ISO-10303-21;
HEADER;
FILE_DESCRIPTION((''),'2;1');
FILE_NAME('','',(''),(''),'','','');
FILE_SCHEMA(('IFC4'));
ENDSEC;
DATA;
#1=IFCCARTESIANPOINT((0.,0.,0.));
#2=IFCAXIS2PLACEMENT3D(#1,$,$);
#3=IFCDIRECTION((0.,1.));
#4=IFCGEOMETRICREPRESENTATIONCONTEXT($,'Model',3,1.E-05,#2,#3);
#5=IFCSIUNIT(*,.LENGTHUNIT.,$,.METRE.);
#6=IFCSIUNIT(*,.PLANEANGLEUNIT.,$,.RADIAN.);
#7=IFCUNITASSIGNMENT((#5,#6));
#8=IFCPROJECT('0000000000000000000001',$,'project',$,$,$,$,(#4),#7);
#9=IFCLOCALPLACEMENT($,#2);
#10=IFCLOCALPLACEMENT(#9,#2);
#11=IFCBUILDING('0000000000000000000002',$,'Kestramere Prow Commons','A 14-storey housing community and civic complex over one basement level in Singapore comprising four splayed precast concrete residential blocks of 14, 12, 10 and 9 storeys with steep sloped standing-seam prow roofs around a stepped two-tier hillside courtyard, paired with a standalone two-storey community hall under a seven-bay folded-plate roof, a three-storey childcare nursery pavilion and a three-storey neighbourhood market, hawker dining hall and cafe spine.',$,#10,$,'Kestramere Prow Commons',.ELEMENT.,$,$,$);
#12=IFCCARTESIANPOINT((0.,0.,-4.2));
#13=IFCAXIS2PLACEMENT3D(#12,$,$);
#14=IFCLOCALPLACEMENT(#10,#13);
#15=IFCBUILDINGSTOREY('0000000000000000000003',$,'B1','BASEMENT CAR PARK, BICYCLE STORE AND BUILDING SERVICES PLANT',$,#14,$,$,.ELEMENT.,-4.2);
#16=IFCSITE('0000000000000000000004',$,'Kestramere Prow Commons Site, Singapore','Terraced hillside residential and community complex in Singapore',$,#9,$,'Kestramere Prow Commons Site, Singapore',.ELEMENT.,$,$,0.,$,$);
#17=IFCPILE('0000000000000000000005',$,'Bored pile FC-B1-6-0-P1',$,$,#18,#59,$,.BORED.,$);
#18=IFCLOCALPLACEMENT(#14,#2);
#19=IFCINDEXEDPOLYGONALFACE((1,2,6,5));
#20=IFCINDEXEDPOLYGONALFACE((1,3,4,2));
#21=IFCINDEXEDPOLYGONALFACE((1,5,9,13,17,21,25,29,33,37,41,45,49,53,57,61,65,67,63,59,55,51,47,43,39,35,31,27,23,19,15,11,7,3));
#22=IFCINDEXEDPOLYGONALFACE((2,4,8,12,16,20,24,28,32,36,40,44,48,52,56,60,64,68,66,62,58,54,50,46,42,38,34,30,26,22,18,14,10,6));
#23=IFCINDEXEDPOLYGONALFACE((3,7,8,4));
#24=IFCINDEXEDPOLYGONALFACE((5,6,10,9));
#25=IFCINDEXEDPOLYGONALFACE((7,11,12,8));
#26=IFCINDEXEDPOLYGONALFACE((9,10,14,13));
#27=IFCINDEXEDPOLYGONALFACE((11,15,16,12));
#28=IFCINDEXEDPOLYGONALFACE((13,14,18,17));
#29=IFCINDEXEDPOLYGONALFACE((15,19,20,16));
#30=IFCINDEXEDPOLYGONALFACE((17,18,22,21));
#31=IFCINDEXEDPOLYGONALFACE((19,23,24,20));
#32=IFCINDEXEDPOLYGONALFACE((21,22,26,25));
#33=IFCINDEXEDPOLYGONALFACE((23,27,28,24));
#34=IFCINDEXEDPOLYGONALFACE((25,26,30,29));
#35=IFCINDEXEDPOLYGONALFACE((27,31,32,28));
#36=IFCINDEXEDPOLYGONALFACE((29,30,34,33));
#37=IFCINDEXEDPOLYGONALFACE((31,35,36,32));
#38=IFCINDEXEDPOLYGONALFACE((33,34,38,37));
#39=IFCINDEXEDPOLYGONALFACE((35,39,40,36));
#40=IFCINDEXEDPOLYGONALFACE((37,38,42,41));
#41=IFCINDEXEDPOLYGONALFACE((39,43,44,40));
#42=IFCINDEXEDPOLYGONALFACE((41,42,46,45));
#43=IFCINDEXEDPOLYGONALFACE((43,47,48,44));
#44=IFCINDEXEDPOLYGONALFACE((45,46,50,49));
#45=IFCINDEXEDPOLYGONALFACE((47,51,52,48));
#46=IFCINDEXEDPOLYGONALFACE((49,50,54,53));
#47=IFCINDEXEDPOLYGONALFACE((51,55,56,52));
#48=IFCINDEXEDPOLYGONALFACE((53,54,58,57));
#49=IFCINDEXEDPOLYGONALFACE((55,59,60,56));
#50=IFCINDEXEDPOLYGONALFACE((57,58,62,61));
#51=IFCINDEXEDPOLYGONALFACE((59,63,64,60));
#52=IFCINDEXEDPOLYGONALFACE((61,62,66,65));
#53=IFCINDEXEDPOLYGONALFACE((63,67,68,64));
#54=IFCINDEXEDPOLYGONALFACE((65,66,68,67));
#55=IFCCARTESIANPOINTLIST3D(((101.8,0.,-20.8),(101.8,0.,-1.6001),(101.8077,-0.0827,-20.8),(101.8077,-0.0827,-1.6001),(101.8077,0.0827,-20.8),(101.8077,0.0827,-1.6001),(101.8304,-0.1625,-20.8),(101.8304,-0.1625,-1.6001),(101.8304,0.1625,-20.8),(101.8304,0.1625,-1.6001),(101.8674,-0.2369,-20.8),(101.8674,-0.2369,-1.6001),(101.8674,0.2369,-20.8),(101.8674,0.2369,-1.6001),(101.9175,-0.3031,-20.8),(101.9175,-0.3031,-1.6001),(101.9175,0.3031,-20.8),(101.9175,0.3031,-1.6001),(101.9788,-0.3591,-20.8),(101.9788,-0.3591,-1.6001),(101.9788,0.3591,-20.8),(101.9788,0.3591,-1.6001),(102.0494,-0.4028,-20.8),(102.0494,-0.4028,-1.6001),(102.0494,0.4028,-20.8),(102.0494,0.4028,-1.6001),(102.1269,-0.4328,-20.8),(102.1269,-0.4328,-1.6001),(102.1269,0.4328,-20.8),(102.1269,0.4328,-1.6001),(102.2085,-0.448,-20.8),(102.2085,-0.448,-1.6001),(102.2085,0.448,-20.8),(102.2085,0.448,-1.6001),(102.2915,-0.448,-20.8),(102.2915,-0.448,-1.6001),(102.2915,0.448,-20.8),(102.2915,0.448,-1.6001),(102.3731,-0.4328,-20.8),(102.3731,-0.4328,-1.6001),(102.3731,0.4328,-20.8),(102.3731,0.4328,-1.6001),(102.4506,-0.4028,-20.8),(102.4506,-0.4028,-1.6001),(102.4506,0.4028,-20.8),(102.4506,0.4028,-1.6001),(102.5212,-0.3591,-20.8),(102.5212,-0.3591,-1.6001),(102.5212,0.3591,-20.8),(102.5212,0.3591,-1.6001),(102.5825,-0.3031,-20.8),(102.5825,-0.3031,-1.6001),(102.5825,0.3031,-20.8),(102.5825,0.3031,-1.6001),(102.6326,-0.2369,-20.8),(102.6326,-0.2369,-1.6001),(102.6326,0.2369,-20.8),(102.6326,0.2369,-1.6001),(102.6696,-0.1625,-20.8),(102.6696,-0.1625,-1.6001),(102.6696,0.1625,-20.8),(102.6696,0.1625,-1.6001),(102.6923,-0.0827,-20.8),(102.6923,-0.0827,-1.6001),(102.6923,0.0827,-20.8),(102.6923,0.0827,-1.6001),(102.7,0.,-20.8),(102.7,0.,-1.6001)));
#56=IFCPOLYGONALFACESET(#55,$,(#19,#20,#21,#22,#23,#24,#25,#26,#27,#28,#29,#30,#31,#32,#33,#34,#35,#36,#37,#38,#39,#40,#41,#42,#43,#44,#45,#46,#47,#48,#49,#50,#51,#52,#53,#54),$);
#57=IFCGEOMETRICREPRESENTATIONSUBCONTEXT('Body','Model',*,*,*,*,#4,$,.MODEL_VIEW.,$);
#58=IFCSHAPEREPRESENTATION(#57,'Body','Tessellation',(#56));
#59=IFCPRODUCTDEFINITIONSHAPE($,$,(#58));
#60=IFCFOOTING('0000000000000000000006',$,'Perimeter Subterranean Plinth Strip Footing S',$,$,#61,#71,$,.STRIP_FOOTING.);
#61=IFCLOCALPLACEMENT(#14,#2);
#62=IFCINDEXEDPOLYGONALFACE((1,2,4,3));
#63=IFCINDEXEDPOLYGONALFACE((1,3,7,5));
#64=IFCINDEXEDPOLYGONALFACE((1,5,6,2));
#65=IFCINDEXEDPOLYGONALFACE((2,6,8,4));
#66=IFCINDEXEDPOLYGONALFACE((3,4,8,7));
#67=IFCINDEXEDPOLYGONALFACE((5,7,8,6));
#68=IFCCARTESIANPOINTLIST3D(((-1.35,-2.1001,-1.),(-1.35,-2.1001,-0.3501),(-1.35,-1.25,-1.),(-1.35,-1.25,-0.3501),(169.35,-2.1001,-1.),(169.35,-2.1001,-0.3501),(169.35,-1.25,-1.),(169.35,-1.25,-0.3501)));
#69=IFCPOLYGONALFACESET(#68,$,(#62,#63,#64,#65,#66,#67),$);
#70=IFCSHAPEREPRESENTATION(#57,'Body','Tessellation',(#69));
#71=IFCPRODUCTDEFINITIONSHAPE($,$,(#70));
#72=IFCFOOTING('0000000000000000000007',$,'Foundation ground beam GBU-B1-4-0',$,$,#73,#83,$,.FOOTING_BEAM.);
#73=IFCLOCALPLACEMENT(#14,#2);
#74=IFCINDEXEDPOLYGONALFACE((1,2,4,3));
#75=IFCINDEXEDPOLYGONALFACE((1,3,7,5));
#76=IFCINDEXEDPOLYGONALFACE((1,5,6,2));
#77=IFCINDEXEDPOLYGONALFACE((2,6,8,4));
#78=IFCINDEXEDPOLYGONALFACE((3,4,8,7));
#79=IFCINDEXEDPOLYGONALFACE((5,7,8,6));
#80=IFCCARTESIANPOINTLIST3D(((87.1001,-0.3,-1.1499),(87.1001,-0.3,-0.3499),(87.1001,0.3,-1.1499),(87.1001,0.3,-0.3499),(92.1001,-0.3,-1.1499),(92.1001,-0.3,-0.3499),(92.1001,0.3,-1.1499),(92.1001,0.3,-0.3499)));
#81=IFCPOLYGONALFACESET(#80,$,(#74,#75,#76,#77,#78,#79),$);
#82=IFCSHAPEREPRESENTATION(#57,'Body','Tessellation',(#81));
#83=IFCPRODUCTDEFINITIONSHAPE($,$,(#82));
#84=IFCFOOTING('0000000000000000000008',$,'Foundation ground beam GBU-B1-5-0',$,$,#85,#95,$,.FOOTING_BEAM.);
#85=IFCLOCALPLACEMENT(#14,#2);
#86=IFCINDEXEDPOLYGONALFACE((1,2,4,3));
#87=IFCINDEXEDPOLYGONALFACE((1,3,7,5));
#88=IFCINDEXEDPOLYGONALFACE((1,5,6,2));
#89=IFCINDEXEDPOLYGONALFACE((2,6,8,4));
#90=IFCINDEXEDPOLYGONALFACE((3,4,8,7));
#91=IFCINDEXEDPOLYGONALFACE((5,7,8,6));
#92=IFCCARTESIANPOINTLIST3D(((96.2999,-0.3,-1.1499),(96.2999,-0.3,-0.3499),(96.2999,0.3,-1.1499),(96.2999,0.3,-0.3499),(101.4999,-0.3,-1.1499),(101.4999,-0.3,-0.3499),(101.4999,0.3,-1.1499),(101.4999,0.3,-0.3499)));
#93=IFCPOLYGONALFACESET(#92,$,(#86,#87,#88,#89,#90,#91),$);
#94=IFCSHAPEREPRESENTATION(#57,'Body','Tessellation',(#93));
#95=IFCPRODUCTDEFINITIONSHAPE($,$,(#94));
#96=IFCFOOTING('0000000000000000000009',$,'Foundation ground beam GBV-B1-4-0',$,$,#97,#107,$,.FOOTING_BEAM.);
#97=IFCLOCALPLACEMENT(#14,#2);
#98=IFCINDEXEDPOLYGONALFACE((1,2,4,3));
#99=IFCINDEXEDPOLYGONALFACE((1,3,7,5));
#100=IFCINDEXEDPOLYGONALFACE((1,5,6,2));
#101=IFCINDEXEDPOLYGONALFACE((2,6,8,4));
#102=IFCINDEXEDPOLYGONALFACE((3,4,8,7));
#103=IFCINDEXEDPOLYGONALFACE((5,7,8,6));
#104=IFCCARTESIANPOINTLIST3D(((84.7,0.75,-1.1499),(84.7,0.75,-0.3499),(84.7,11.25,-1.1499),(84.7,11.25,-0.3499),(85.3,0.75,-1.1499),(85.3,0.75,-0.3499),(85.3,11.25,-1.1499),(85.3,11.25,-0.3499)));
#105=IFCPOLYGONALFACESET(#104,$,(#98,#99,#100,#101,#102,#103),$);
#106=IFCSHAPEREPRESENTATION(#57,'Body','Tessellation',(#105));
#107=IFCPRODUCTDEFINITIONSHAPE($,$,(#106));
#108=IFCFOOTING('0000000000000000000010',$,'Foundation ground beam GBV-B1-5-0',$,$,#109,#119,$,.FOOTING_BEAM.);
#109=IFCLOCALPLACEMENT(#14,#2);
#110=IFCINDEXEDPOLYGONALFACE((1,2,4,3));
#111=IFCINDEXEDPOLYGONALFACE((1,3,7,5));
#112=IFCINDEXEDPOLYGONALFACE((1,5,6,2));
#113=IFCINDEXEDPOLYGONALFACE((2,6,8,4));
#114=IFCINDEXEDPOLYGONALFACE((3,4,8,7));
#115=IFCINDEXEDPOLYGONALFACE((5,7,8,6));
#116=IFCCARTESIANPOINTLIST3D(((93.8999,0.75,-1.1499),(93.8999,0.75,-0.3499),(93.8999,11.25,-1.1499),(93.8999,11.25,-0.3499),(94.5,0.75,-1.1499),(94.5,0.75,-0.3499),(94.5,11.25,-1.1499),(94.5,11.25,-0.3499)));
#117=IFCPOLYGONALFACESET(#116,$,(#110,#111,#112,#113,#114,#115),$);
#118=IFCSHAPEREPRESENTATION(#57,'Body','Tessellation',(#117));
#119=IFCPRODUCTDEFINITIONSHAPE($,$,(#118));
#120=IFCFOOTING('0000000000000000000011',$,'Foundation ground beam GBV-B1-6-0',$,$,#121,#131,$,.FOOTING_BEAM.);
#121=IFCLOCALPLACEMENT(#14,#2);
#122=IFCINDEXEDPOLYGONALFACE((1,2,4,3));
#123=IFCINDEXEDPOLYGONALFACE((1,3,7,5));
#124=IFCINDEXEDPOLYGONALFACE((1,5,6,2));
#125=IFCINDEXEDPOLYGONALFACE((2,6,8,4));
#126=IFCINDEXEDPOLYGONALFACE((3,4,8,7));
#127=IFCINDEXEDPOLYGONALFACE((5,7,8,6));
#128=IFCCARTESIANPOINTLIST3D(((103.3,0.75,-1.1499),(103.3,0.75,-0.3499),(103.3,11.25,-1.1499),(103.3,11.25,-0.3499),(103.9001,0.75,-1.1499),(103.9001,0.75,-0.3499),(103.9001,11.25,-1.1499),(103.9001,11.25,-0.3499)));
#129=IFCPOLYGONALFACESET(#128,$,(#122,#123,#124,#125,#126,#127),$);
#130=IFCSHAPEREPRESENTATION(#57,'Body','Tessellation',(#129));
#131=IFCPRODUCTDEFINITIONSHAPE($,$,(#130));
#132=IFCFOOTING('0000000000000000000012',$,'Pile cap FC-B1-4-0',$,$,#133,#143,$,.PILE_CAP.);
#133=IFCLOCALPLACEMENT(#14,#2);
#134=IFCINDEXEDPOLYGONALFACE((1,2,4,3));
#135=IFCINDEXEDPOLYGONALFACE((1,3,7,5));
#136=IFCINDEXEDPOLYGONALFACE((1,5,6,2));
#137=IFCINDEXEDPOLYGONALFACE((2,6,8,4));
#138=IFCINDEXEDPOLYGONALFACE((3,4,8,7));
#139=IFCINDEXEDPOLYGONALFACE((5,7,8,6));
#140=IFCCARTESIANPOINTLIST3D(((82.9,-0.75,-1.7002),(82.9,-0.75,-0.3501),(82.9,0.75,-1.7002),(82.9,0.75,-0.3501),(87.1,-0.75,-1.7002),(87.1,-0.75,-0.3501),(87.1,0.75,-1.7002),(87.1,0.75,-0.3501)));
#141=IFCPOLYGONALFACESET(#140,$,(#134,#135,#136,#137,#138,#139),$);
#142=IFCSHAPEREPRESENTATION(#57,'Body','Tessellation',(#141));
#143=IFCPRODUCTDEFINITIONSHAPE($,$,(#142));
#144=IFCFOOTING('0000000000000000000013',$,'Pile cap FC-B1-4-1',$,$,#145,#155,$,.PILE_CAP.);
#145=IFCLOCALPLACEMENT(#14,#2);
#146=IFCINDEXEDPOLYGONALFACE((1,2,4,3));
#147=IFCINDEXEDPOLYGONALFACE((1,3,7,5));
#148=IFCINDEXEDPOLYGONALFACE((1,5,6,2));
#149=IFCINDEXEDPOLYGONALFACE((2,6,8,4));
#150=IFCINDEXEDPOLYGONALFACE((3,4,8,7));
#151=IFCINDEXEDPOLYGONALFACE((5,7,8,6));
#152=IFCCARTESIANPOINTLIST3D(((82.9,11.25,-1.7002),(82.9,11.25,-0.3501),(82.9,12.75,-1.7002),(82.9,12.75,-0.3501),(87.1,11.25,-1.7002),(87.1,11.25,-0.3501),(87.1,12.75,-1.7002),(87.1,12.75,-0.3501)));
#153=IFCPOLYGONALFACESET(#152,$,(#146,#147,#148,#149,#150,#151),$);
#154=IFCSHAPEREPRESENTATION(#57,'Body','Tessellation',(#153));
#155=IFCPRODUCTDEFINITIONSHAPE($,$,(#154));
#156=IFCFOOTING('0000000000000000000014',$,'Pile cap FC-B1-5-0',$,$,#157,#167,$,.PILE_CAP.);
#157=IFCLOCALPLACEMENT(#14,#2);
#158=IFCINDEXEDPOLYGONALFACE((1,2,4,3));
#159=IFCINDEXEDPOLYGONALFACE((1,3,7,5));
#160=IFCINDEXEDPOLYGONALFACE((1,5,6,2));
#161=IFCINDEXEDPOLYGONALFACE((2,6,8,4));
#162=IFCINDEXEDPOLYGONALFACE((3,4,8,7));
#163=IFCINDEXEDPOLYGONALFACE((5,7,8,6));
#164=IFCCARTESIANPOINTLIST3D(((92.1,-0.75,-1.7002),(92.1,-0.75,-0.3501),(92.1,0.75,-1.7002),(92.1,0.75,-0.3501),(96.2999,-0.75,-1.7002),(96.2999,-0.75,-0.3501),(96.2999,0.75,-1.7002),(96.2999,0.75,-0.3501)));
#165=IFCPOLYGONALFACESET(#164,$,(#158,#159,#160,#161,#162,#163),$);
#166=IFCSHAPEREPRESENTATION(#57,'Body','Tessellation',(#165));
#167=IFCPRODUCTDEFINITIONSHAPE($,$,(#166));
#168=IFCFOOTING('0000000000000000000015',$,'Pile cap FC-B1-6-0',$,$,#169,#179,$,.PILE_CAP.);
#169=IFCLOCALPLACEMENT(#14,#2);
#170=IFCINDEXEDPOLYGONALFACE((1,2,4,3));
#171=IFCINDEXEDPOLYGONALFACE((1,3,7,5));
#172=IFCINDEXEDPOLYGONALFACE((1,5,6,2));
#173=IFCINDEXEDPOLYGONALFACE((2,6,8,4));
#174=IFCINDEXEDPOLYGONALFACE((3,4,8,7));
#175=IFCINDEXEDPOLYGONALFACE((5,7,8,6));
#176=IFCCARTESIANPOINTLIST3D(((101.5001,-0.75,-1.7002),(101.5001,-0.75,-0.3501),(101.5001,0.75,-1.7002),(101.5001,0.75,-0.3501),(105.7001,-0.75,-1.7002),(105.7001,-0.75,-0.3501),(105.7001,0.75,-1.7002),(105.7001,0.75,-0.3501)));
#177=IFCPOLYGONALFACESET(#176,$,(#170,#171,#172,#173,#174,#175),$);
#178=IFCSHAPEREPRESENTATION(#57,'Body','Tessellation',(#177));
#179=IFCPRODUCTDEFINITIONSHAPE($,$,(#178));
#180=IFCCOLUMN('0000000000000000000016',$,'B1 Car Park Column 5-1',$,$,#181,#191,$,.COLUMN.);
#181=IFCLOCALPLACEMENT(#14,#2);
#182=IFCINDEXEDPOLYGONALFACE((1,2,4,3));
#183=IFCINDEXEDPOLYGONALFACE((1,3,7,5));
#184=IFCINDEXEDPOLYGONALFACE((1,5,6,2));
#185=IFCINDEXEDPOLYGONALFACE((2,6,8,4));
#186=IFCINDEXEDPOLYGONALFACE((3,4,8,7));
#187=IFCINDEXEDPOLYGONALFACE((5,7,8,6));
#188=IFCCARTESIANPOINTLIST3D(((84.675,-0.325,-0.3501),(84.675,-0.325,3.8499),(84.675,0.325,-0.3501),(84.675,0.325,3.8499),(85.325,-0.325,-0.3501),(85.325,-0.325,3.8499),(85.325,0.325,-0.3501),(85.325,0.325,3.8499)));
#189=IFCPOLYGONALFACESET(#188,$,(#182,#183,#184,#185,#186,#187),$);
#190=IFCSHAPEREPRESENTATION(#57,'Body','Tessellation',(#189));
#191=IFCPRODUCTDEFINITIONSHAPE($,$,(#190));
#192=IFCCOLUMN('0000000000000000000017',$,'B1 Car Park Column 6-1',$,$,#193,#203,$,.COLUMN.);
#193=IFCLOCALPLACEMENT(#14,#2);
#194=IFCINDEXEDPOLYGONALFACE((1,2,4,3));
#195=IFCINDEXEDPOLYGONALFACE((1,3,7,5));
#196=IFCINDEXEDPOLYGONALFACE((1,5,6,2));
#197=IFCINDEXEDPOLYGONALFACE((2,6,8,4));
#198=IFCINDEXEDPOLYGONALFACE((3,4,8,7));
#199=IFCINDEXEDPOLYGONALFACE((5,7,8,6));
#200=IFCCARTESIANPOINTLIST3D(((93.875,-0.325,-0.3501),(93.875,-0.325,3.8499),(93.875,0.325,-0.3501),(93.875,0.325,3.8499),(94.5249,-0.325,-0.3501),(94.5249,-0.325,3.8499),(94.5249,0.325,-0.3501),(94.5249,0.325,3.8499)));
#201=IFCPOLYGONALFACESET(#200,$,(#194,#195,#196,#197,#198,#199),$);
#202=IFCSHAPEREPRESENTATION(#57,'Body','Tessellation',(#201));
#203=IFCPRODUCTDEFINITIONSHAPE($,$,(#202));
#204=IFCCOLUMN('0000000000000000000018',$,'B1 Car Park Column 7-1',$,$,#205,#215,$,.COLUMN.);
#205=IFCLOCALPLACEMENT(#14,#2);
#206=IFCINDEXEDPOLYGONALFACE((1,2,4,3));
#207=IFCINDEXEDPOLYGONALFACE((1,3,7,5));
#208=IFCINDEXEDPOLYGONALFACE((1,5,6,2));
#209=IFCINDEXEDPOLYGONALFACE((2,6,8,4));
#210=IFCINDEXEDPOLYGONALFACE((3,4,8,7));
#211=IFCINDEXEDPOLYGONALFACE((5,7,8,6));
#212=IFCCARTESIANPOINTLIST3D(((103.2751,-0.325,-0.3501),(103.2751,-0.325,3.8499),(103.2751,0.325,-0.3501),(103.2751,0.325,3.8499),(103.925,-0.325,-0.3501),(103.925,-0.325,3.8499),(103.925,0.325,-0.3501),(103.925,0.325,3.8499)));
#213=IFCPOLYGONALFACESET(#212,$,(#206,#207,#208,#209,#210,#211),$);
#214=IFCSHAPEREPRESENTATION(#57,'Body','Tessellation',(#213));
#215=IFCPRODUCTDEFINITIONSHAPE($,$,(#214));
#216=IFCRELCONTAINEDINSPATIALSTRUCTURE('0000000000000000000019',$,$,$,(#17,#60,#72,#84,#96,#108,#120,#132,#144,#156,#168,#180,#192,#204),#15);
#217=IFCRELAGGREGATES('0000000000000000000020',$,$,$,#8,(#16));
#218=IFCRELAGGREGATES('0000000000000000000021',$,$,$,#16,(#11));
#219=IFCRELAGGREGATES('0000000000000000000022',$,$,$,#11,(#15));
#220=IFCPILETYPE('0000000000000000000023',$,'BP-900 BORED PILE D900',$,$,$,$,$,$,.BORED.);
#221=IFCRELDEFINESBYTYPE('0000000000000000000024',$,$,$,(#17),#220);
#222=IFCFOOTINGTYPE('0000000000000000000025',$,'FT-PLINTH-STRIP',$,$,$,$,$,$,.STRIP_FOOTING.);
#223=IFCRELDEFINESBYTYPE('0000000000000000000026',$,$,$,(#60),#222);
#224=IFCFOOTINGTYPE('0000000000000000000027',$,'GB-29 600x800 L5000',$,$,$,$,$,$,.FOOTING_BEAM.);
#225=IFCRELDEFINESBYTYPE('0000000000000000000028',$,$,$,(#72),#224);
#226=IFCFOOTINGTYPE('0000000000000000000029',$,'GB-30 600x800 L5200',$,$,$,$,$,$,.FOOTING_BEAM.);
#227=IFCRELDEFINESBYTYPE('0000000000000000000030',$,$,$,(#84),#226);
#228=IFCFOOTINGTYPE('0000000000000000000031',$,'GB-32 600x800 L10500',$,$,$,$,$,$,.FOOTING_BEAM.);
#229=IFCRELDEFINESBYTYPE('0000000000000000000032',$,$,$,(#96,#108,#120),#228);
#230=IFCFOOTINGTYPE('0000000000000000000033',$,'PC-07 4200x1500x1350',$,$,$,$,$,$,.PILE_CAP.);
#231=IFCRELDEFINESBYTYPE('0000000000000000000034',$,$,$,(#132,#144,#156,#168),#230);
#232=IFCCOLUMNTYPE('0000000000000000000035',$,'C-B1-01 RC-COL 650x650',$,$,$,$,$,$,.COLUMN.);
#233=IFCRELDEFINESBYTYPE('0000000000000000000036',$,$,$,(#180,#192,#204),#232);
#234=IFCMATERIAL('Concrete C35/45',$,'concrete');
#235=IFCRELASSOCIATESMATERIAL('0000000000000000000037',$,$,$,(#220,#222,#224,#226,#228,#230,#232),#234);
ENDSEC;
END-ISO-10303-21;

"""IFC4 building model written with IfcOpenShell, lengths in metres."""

from ifc_helpers import new_model, si_unit, direction, frame, origin, origin_2d, place, context, subcontext, project, spatial, rectangle, circle, extrude, material, material_profile, profile_set, type_object, element, save


model = new_model("IFC4")

# Units and contexts
model_context = context("Model", 3, precision=1e-05, world=origin(), true_north=direction((0.0, 1.0)))
body_context = subcontext(model_context, "Body", "Model", "MODEL_VIEW")
ifc_project = project(units=[si_unit("LENGTHUNIT", "METRE"), si_unit("PLANEANGLEUNIT", "RADIAN")], contexts=[model_context])

# Site, building, storey
site_placement = place(None, origin())
site = spatial("IfcSite", under=ifc_project, at=site_placement, Name="Kestramere Prow Commons Site, Singapore", Description="Terraced hillside residential and community complex in Singapore", LongName="Kestramere Prow Commons Site, Singapore", CompositionType="ELEMENT", RefElevation=0.0)
building_placement = place(site_placement, origin())
building = spatial("IfcBuilding", under=site, at=building_placement, Name="Kestramere Prow Commons", Description="A 14-storey housing community and civic complex over one basement level in Singapore comprising four splayed precast concrete residential blocks of 14, 12, 10 and 9 storeys with steep sloped standing-seam prow roofs around a stepped two-tier hillside courtyard, paired with a standalone two-storey community hall under a seven-bay folded-plate roof, a three-storey childcare nursery pavilion and a three-storey neighbourhood market, hawker dining hall and cafe spine.", LongName="Kestramere Prow Commons", CompositionType="ELEMENT")
storey_placement = place(building_placement, frame((0.0, 0.0, -4.2)))
storey = spatial("IfcBuildingStorey", under=building, at=storey_placement, Name="B1", Description="BASEMENT CAR PARK, BICYCLE STORE AND BUILDING SERVICES PLANT", CompositionType="ELEMENT", Elevation=-4.2)

# Pile
ifc_material = material(Name="Concrete C35/45", Category="concrete")
ifc_material_profile_1 = material_profile(ifc_material, circle(Radius=0.45, at=origin_2d()), Name="BORED PILE D900")
ifc_profile_set_1 = profile_set([ifc_material_profile_1], Name="Concrete C35/45")
pile_type = type_object("IfcPileType", Name="BP-900 BORED PILE D900", PredefinedType="BORED", material=ifc_profile_set_1)
for number, where, z_axis, x_axis, name in (
    (1, (102.25, 0.0, -1.6001), (0.0, 0.0, -1.0), (1.0, 0.0, 0.0), "Bored pile FC-B1-6-0-P1"),
):
    element("IfcPile", number, at=place(storey_placement, frame(where, z_axis=z_axis, x_axis=x_axis)), inside=storey, type_object=pile_type, Name=name, PredefinedType="BORED", context=body_context, shape_type="SweptSolid", body=[
        extrude(circle(Radius=0.45, at=origin_2d()), origin(), (0.0, 0.0, 1.0), 19.2),
    ])

# Footings
footing_type_1 = type_object("IfcFootingType", Name="FT-PLINTH-STRIP", PredefinedType="STRIP_FOOTING", material=ifc_material)
footing_1_placement = place(storey_placement, frame((84.0, -1.675, -1.0), z_axis=(0.0, 0.0, 1.0), x_axis=(1.0, 0.0, 0.0)))
element("IfcFooting", 2, at=footing_1_placement, inside=storey, type_object=footing_type_1, Name="Perimeter Subterranean Plinth Strip Footing S", PredefinedType="STRIP_FOOTING", context=body_context, shape_type="SweptSolid", body=[
    extrude(rectangle(XDim=170.7, YDim=0.8501, at=origin_2d()), origin(), (0.0, 0.0, 1.0), 0.6499),
])
footing_type_2 = type_object("IfcFootingType", Name="GB-29 600x800 L5000", PredefinedType="FOOTING_BEAM", material=ifc_material)
footing_2_placement = place(storey_placement, frame((89.6001, 0.0, -1.1499), z_axis=(0.0, 0.0, 1.0), x_axis=(1.0, 0.0, 0.0)))
element("IfcFooting", 3, at=footing_2_placement, inside=storey, type_object=footing_type_2, Name="Foundation ground beam GBU-B1-4-0", PredefinedType="FOOTING_BEAM", context=body_context, shape_type="SweptSolid", body=[
    extrude(rectangle(XDim=5.0, YDim=0.6001, at=origin_2d()), origin(), (0.0, 0.0, 1.0), 0.8),
])
footing_type_3 = type_object("IfcFootingType", Name="GB-30 600x800 L5200", PredefinedType="FOOTING_BEAM", material=ifc_material)
footing_3_placement = place(storey_placement, frame((98.8999, 0.0, -1.1499), z_axis=(0.0, 0.0, 1.0), x_axis=(1.0, 0.0, 0.0)))
element("IfcFooting", 4, at=footing_3_placement, inside=storey, type_object=footing_type_3, Name="Foundation ground beam GBU-B1-5-0", PredefinedType="FOOTING_BEAM", context=body_context, shape_type="SweptSolid", body=[
    extrude(rectangle(XDim=5.2, YDim=0.6001, at=origin_2d()), origin(), (0.0, 0.0, 1.0), 0.8),
])
footing_type_4 = type_object("IfcFootingType", Name="GB-32 600x800 L10500", PredefinedType="FOOTING_BEAM", material=ifc_material)
for number, where, z_axis, x_axis, name in (
    (5, (85.0, 6.0, -1.1499), (0.0, 0.0, 1.0), (0.0, 1.0, 0.0), "Foundation ground beam GBV-B1-4-0"),
    (6, (94.2, 6.0, -1.1499), (0.0, 0.0, 1.0), (0.0, 1.0, 0.0), "Foundation ground beam GBV-B1-5-0"),
    (7, (103.6001, 6.0, -1.1499), (0.0, 0.0, 1.0), (0.0, 1.0, 0.0), "Foundation ground beam GBV-B1-6-0"),
):
    element("IfcFooting", number, at=place(storey_placement, frame(where, z_axis=z_axis, x_axis=x_axis)), inside=storey, type_object=footing_type_4, Name=name, PredefinedType="FOOTING_BEAM", context=body_context, shape_type="SweptSolid", body=[
        extrude(rectangle(XDim=10.5, YDim=0.6001, at=origin_2d()), origin(), (0.0, 0.0, 1.0), 0.8),
    ])
footing_type_5 = type_object("IfcFootingType", Name="PC-07 4200x1500x1350", PredefinedType="PILE_CAP", material=ifc_material)
for number, where, z_axis, x_axis, name in (
    (8, (85.0, 0.0, -1.7002), (0.0, 0.0, 1.0), (1.0, 0.0, 0.0), "Pile cap FC-B1-4-0"),
    (9, (85.0, 12.0, -1.7002), (0.0, 0.0, 1.0), (1.0, 0.0, 0.0), "Pile cap FC-B1-4-1"),
    (10, (94.2, 0.0, -1.7002), (0.0, 0.0, 1.0), (1.0, 0.0, 0.0), "Pile cap FC-B1-5-0"),
    (11, (103.6001, 0.0, -1.7002), (0.0, 0.0, 1.0), (1.0, 0.0, 0.0), "Pile cap FC-B1-6-0"),
):
    element("IfcFooting", number, at=place(storey_placement, frame(where, z_axis=z_axis, x_axis=x_axis)), inside=storey, type_object=footing_type_5, Name=name, PredefinedType="PILE_CAP", context=body_context, shape_type="SweptSolid", body=[
        extrude(rectangle(XDim=4.2, YDim=1.5, at=origin_2d()), origin(), (0.0, 0.0, 1.0), 1.3501),
    ])

# Columns
ifc_material_profile_2 = material_profile(ifc_material, rectangle(XDim=0.6499, YDim=0.6499, at=origin_2d()), Name="RC-COL 650x650")
ifc_profile_set_2 = profile_set([ifc_material_profile_2], Name="Concrete C35/45")
column_type = type_object("IfcColumnType", Name="C-B1-01 RC-COL 650x650", PredefinedType="COLUMN", material=ifc_profile_set_2)
for number, where, z_axis, x_axis, name in (
    (12, (85.0, 0.0, -0.3501), (0.0, 0.0, 1.0), (1.0, 0.0, 0.0), "B1 Car Park Column 5-1"),
    (13, (94.2, 0.0, -0.3501), (0.0, 0.0, 1.0), (1.0, 0.0, 0.0), "B1 Car Park Column 6-1"),
    (14, (103.6001, 0.0, -0.3501), (0.0, 0.0, 1.0), (1.0, 0.0, 0.0), "B1 Car Park Column 7-1"),
):
    element("IfcColumn", number, at=place(storey_placement, frame(where, z_axis=z_axis, x_axis=x_axis)), inside=storey, type_object=column_type, Name=name, PredefinedType="COLUMN", context=body_context, shape_type="SweptSolid", body=[
        extrude(rectangle(XDim=0.6499, YDim=0.6499, at=origin_2d()), origin(), (0.0, 0.0, 1.0), 4.2),
    ])

save(model, "model.ifc")
